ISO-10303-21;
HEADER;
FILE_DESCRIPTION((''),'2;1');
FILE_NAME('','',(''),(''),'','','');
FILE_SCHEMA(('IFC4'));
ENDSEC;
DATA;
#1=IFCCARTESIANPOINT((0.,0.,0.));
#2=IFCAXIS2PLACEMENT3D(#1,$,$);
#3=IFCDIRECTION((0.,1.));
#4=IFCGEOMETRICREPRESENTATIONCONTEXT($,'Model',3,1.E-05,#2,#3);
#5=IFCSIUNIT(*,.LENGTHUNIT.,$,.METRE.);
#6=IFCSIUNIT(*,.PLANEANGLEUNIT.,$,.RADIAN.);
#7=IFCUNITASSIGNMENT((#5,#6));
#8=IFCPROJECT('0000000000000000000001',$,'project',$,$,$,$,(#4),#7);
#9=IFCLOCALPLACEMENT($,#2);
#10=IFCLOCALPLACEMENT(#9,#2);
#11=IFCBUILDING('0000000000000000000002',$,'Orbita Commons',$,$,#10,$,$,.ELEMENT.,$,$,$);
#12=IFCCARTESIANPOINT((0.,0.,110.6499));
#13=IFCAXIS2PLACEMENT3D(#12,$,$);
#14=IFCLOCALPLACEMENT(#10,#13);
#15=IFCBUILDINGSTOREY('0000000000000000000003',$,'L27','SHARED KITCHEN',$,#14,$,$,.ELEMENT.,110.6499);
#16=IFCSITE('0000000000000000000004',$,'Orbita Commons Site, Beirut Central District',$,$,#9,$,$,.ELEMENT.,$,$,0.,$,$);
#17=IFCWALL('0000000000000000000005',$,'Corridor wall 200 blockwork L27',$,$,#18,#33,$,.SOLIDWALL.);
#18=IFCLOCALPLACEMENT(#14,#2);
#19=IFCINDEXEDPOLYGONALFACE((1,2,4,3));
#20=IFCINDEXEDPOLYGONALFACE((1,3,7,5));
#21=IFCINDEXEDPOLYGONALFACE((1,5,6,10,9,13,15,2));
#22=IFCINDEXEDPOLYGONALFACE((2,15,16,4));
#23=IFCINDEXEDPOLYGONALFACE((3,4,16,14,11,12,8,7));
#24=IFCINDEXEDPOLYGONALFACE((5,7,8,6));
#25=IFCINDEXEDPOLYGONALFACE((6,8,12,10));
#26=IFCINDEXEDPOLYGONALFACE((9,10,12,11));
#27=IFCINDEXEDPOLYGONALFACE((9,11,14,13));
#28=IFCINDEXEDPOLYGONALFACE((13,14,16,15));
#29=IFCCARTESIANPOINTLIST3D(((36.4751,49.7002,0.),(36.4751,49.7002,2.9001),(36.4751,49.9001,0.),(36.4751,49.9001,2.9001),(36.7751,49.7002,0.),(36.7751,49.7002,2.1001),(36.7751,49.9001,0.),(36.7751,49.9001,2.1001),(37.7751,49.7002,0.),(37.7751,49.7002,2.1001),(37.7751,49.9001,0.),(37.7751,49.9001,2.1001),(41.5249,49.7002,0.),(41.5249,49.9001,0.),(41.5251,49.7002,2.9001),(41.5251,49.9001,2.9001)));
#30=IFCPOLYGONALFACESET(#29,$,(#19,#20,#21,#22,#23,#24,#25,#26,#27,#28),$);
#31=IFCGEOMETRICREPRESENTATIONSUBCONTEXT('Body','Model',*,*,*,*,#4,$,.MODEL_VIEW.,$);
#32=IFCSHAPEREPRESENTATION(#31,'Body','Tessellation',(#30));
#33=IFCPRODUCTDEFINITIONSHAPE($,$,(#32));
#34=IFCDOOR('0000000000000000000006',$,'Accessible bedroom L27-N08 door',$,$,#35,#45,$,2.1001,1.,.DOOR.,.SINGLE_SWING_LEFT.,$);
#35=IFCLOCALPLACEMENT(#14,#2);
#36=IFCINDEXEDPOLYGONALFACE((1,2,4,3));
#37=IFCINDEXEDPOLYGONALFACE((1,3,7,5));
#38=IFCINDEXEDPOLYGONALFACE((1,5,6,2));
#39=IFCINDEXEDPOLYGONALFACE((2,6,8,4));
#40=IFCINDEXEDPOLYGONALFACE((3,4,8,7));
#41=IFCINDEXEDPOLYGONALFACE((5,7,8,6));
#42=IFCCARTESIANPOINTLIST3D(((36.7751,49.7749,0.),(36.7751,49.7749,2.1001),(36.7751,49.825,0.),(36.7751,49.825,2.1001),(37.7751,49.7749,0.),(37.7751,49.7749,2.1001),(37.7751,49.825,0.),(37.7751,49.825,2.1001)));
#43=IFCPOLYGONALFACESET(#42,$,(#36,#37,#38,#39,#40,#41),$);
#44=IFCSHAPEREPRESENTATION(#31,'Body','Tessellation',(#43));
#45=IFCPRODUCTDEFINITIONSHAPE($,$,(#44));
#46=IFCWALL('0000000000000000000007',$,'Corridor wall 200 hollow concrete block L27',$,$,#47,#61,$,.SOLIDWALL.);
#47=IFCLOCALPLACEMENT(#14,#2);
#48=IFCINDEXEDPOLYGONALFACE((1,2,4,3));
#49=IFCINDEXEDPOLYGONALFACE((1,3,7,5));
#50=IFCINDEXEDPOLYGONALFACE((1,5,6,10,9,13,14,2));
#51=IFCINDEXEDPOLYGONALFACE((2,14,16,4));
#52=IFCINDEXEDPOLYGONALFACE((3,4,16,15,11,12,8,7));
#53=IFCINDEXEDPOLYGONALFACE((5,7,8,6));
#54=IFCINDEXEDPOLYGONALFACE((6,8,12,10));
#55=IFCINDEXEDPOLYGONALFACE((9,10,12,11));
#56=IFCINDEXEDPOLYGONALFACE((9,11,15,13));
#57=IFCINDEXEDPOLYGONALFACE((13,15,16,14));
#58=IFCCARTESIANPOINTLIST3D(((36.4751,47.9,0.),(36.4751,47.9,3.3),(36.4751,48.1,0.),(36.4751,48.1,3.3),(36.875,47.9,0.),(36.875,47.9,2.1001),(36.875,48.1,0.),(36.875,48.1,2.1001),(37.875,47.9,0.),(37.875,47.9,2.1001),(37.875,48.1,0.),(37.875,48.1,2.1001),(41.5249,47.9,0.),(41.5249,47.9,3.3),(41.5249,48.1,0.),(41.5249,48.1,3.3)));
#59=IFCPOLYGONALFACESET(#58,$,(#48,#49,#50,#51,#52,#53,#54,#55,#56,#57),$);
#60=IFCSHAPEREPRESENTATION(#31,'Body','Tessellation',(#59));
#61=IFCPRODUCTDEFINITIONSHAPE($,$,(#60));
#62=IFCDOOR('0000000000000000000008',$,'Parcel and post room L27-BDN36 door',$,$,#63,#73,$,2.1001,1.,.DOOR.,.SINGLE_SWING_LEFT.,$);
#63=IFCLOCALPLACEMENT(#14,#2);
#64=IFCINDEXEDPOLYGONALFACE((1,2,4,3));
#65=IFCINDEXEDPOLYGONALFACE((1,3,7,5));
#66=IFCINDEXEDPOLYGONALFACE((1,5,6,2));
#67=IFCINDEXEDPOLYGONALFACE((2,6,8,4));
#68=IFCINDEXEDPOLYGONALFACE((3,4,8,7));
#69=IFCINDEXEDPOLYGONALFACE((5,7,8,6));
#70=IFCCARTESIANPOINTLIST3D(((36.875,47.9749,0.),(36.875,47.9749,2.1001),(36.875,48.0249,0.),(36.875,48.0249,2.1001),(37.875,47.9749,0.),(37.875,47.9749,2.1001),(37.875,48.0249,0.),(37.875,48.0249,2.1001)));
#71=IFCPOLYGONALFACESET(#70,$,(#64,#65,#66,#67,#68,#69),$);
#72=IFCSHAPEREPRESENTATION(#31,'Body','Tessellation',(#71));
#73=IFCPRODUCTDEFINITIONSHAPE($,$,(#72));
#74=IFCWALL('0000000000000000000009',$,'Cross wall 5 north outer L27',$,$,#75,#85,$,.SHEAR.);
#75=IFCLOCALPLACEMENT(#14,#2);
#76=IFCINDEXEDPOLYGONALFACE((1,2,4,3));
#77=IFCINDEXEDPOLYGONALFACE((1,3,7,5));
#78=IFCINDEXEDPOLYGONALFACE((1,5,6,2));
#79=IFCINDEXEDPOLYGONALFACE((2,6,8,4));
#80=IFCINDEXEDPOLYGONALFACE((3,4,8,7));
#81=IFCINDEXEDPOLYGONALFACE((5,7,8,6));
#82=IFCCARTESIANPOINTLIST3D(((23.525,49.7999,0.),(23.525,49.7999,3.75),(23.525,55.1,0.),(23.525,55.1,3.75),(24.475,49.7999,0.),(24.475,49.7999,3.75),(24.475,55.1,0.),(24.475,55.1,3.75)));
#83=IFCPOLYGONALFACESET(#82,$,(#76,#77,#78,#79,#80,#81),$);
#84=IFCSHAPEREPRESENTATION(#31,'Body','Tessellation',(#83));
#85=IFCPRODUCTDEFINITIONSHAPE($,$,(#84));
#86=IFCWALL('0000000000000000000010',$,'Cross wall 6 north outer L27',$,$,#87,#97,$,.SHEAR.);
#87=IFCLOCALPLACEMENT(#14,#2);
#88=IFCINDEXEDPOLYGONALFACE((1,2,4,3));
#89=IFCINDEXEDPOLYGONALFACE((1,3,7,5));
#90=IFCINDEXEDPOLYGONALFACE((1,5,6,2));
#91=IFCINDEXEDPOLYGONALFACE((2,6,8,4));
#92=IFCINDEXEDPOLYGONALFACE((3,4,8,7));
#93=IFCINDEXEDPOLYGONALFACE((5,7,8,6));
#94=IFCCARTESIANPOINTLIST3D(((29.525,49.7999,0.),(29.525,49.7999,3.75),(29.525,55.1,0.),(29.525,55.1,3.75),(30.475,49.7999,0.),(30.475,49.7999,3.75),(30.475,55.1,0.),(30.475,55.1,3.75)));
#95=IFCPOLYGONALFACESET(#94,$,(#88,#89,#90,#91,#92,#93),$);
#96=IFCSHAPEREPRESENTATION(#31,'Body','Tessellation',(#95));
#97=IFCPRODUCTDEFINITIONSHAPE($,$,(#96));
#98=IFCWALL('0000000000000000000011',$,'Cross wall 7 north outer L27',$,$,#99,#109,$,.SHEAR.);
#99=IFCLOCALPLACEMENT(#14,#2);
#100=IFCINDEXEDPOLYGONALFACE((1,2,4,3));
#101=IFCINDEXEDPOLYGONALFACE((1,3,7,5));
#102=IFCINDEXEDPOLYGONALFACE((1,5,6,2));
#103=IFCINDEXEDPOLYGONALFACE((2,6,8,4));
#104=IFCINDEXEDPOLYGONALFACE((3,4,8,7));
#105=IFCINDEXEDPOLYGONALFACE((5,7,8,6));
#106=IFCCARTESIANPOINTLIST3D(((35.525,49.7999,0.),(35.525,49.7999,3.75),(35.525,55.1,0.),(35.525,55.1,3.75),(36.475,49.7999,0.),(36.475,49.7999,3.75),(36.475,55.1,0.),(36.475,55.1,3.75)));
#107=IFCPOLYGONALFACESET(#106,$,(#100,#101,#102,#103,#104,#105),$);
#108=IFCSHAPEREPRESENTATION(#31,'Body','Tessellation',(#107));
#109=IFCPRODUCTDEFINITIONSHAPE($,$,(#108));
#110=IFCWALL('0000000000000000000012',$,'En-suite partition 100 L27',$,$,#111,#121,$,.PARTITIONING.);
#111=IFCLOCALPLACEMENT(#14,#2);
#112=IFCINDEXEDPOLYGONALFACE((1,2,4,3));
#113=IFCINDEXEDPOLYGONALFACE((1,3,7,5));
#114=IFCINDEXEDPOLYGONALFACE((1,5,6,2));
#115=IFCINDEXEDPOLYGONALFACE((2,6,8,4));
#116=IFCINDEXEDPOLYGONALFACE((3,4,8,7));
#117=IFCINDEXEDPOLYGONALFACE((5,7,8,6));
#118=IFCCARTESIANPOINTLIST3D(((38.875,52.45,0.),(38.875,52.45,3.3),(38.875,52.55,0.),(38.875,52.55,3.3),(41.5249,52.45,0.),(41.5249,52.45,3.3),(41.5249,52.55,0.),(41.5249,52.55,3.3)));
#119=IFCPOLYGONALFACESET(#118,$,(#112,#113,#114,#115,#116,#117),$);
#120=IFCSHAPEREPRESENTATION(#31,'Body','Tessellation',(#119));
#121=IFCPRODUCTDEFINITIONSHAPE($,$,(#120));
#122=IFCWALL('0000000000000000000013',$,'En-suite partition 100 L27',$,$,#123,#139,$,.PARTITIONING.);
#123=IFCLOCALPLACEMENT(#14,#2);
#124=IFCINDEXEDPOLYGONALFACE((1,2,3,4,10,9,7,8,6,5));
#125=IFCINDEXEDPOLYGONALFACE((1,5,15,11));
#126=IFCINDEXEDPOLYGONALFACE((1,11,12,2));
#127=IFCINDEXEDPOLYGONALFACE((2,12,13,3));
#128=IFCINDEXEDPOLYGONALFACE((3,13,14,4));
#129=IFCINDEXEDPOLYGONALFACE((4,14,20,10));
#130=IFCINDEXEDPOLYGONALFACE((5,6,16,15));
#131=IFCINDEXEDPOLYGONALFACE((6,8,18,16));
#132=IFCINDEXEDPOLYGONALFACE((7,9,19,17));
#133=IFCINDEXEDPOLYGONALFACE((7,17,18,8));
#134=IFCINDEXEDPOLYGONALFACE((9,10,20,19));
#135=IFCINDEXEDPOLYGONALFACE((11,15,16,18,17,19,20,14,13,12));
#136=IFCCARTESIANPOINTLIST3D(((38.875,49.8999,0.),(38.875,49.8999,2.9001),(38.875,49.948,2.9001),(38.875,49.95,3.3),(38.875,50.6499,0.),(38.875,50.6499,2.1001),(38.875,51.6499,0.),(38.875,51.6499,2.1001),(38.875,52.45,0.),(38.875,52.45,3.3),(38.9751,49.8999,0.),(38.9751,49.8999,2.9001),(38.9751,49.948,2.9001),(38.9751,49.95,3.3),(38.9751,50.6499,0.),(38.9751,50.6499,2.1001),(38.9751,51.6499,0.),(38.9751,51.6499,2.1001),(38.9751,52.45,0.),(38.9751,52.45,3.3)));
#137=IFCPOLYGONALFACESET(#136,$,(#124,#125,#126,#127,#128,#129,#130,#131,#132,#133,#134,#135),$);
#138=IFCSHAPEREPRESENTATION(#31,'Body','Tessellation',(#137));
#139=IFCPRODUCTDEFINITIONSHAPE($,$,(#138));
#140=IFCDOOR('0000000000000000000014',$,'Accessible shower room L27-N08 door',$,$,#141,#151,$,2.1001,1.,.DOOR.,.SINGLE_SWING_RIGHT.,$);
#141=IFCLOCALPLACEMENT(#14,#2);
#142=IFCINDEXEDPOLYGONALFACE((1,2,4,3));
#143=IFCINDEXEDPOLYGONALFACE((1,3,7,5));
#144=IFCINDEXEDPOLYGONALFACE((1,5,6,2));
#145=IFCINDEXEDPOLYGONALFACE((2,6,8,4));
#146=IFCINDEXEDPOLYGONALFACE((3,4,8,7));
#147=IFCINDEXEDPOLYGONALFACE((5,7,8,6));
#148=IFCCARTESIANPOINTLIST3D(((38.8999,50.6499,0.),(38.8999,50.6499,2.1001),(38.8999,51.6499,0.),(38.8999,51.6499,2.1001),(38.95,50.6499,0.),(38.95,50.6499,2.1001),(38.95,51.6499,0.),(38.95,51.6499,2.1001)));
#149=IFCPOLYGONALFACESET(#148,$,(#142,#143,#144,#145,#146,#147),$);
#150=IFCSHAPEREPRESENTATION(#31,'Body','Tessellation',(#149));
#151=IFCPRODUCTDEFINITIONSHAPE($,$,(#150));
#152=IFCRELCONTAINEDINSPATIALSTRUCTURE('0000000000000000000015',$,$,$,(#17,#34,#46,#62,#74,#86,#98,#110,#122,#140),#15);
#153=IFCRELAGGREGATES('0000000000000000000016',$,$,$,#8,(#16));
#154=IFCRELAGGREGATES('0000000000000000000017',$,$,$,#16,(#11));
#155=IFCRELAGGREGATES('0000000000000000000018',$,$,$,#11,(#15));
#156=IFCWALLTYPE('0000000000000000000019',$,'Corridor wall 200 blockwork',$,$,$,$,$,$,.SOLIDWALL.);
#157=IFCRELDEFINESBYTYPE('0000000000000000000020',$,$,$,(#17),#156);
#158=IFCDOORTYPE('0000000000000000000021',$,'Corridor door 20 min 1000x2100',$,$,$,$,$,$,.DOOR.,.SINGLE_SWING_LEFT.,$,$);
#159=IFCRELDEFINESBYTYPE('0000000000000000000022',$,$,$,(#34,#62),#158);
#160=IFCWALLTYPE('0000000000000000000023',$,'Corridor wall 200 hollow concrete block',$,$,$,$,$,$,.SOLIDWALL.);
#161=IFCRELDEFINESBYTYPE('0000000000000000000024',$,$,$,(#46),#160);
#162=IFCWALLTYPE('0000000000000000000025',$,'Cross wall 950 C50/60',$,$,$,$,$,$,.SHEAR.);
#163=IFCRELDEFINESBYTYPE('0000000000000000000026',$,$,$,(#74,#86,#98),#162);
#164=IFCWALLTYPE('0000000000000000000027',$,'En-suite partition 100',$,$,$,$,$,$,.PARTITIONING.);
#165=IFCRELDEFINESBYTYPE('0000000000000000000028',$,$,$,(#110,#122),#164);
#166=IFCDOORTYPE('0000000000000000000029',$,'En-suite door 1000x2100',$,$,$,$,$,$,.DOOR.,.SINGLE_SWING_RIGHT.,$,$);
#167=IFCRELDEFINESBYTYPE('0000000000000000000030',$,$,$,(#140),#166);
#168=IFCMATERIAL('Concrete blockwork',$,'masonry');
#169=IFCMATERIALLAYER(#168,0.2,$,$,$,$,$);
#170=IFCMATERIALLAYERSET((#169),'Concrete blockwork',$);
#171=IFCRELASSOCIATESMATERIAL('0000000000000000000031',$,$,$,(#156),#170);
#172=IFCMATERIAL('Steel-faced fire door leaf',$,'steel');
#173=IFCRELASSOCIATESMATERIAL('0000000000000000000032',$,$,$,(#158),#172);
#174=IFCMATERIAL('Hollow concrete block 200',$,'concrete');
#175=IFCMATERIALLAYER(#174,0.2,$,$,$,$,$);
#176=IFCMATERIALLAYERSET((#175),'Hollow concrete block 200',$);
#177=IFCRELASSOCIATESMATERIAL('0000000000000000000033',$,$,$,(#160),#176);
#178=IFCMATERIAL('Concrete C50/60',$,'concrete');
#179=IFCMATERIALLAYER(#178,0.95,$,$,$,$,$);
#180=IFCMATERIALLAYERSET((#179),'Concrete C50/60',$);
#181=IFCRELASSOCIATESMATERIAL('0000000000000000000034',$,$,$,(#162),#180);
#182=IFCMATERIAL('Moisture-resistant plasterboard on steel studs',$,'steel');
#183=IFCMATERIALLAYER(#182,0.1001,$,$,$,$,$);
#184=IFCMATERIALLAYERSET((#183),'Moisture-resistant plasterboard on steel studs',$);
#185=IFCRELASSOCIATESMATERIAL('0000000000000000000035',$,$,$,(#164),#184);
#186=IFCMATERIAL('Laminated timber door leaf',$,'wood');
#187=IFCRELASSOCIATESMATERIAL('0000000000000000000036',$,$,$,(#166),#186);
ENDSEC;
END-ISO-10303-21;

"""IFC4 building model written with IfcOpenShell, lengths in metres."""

from ifc_helpers import new_model, si_unit, direction, frame, frame_2d, origin, place, context, subcontext, project, spatial, polyline, rectangle, outline, extrude, material, layer, layer_set, type_object, element, fill, save


model = new_model("IFC4")

# Units and contexts
model_context = context("Model", 3, precision=1e-05, world=origin(), true_north=direction((0.0, 1.0)))
body_context = subcontext(model_context, "Body", "Model", "MODEL_VIEW")
ifc_project = project(units=[si_unit("LENGTHUNIT", "METRE"), si_unit("PLANEANGLEUNIT", "RADIAN")], contexts=[model_context])

# Site, building, storey
site_placement = place(None, origin())
site = spatial("IfcSite", under=ifc_project, at=site_placement, Name="Orbita Commons Site, Beirut Central District", CompositionType="ELEMENT", RefElevation=0.0)
building_placement = place(site_placement, origin())
building = spatial("IfcBuilding", under=site, at=building_placement, Name="Orbita Commons", CompositionType="ELEMENT")
storey_placement = place(building_placement, frame((0.0, 0.0, 110.6499)))
storey = spatial("IfcBuildingStorey", under=building, at=storey_placement, Name="L27", Description="SHARED KITCHEN", CompositionType="ELEMENT", Elevation=110.6499)

# Walls, openings, doors
ifc_material_1 = material(Name="Concrete blockwork", Category="masonry")
ifc_layer_1 = layer(ifc_material_1, 0.2)
ifc_layer_set_1 = layer_set([ifc_layer_1], Name="Concrete blockwork")
wall_type_1 = type_object("IfcWallType", Name="Corridor wall 200 blockwork", PredefinedType="SOLIDWALL", material=ifc_layer_set_1)
ifc_material_2 = material(Name="Steel-faced fire door leaf", Category="steel")
door_type_1 = type_object("IfcDoorType", Name="Corridor door 20 min 1000x2100", OperationType="SINGLE_SWING_LEFT", PredefinedType="DOOR", material=ifc_material_2)
wall_1_placement = place(storey_placement, frame((36.4751, 49.8, 0.0), z_axis=(0.0, 0.0, 1.0), x_axis=(1.0, 0.0, 0.0)))
wall_1 = element("IfcWall", 1, at=wall_1_placement, inside=storey, type_object=wall_type_1, Name="Corridor wall 200 blockwork L27", PredefinedType="SOLIDWALL", context=body_context, shape_type="SweptSolid", body=[
    extrude(outline(polyline([(0.0, 0.0), (5.0498, 0.0), (5.05, 2.9001), (0.0, 2.9001), (0.0, 0.0)])), frame((0.0, 0.1001, 0.0), z_axis=(0.0, -1.0, 0.0), x_axis=(1.0, 0.0, 0.0)), (0.0, 0.0, 1.0), 0.2),
])
opening_1_placement = place(wall_1_placement, frame((0.3, 0.0, 0.0)))
opening_1 = element("IfcOpeningElement", 2, at=opening_1_placement, cuts=wall_1, PredefinedType="OPENING", context=body_context, shape_type="SweptSolid", body=[
    extrude(rectangle(XDim=1.0, YDim=2.1001, at=frame_2d((0.5, 1.05))), frame((0.0, 0.1099, 0.0), z_axis=(0.0, -1.0, 0.0), x_axis=(1.0, 0.0, 0.0)), (0.0, 0.0, 1.0), 0.22),
])
door_1_placement = place(opening_1_placement, origin())
door_1 = element("IfcDoor", 3, at=door_1_placement, inside=storey, type_object=door_type_1, Name="Accessible bedroom L27-N08 door", OperationType="SINGLE_SWING_LEFT", OverallHeight=2.1001, OverallWidth=1.0, PredefinedType="DOOR", context=body_context, shape_type="SweptSolid", body=[
    extrude(rectangle(XDim=1.0, YDim=2.1001, at=frame_2d((0.5, 1.05))), frame((0.0, 0.0249, 0.0), z_axis=(0.0, -1.0, 0.0), x_axis=(1.0, 0.0, 0.0)), (0.0, 0.0, 1.0), 0.05),
])
fill(opening_1, door_1)
ifc_material_3 = material(Name="Hollow concrete block 200", Category="concrete")
ifc_layer_2 = layer(ifc_material_3, 0.2)
ifc_layer_set_2 = layer_set([ifc_layer_2], Name="Hollow concrete block 200")
wall_type_2 = type_object("IfcWallType", Name="Corridor wall 200 hollow concrete block", PredefinedType="SOLIDWALL", material=ifc_layer_set_2)
wall_2_placement = place(storey_placement, frame((36.4751, 48.0, 0.0), z_axis=(0.0, 0.0, 1.0), x_axis=(1.0, 0.0, 0.0)))
wall_2 = element("IfcWall", 4, at=wall_2_placement, inside=storey, type_object=wall_type_2, Name="Corridor wall 200 hollow concrete block L27", PredefinedType="SOLIDWALL", context=body_context, shape_type="SweptSolid", body=[
    extrude(rectangle(XDim=5.0498, YDim=0.2, at=frame_2d((2.5249, 0.0))), origin(), (0.0, 0.0, 1.0), 3.3),
])
opening_2_placement = place(wall_2_placement, frame((0.3999, 0.0, 0.0)))
opening_2 = element("IfcOpeningElement", 5, at=opening_2_placement, cuts=wall_2, PredefinedType="OPENING", context=body_context, shape_type="SweptSolid", body=[
    extrude(rectangle(XDim=1.0, YDim=2.1001, at=frame_2d((0.5, 1.05))), frame((0.0, 0.1099, 0.0), z_axis=(0.0, -1.0, 0.0), x_axis=(1.0, 0.0, 0.0)), (0.0, 0.0, 1.0), 0.22),
])
door_2_placement = place(opening_2_placement, origin())
door_2 = element("IfcDoor", 6, at=door_2_placement, inside=storey, type_object=door_type_1, Name="Parcel and post room L27-BDN36 door", OperationType="SINGLE_SWING_LEFT", OverallHeight=2.1001, OverallWidth=1.0, PredefinedType="DOOR", context=body_context, shape_type="SweptSolid", body=[
    extrude(rectangle(XDim=1.0, YDim=2.1001, at=frame_2d((0.5, 1.05))), frame((0.0, 0.0249, 0.0), z_axis=(0.0, -1.0, 0.0), x_axis=(1.0, 0.0, 0.0)), (0.0, 0.0, 1.0), 0.05),
])
fill(opening_2, door_2)

# Walls
ifc_material_4 = material(Name="Concrete C50/60", Category="concrete")
ifc_layer_3 = layer(ifc_material_4, 0.95)
ifc_layer_set_3 = layer_set([ifc_layer_3], Name="Concrete C50/60")
wall_type_3 = type_object("IfcWallType", Name="Cross wall 950 C50/60", PredefinedType="SHEAR", material=ifc_layer_set_3)
for number, where, z_axis, x_axis, name in (
    (7, (24.0, 49.8, 0.0), (0.0, 0.0, 1.0), (0.0, 1.0, 0.0), "Cross wall 5 north outer L27"),
    (8, (30.0, 49.8, 0.0), (0.0, 0.0, 1.0), (0.0, 1.0, 0.0), "Cross wall 6 north outer L27"),
    (9, (36.0, 49.8, 0.0), (0.0, 0.0, 1.0), (0.0, 1.0, 0.0), "Cross wall 7 north outer L27"),
):
    element("IfcWall", number, at=place(storey_placement, frame(where, z_axis=z_axis, x_axis=x_axis)), inside=storey, type_object=wall_type_3, Name=name, PredefinedType="SHEAR", context=body_context, shape_type="SweptSolid", body=[
        extrude(rectangle(XDim=5.3, YDim=0.95, at=frame_2d((2.6499, 0.0))), origin(), (0.0, 0.0, 1.0), 3.75),
    ])
ifc_material_5 = material(Name="Moisture-resistant plasterboard on steel studs", Category="steel")
ifc_layer_4 = layer(ifc_material_5, 0.1001)
ifc_layer_set_4 = layer_set([ifc_layer_4], Name="Moisture-resistant plasterboard on steel studs")
wall_type_4 = type_object("IfcWallType", Name="En-suite partition 100", PredefinedType="PARTITIONING", material=ifc_layer_set_4)
wall_3_placement = place(storey_placement, frame((38.875, 52.5, 0.0), z_axis=(0.0, 0.0, 1.0), x_axis=(1.0, 0.0, 0.0)))
element("IfcWall", 10, at=wall_3_placement, inside=storey, type_object=wall_type_4, Name="En-suite partition 100 L27", PredefinedType="PARTITIONING", context=body_context, shape_type="SweptSolid", body=[
    extrude(rectangle(XDim=2.6499, YDim=0.1001, at=frame_2d((1.325, 0.0))), origin(), (0.0, 0.0, 1.0), 3.3),
])

# Wall, opening, door
wall_4_placement = place(storey_placement, frame((38.925, 52.45, 0.0), z_axis=(0.0, 0.0, 1.0), x_axis=(0.0, -1.0, 0.0)))
wall_4 = element("IfcWall", 11, at=wall_4_placement, inside=storey, type_object=wall_type_4, Name="En-suite partition 100 L27", PredefinedType="PARTITIONING", context=body_context, shape_type="SweptSolid", body=[
    extrude(outline(polyline([(0.0, 0.0), (2.55, 0.0), (2.55, 2.9001), (2.502, 2.9001), (2.5, 3.3), (0.0, 3.3), (0.0, 0.0)])), frame((0.0, 0.05, 0.0), z_axis=(0.0, -1.0, 0.0), x_axis=(1.0, 0.0, 0.0)), (0.0, 0.0, 1.0), 0.1001),
])
opening_3_placement = place(wall_4_placement, frame((0.8, 0.0, 0.0)))
opening_3 = element("IfcOpeningElement", 12, at=opening_3_placement, cuts=wall_4, PredefinedType="OPENING", context=body_context, shape_type="SweptSolid", body=[
    extrude(rectangle(XDim=1.0, YDim=2.1001, at=frame_2d((0.5, 1.05))), frame((0.0, 0.0601, 0.0), z_axis=(0.0, -1.0, 0.0), x_axis=(1.0, 0.0, 0.0)), (0.0, 0.0, 1.0), 0.1201),
])
ifc_material_6 = material(Name="Laminated timber door leaf", Category="wood")
door_type_2 = type_object("IfcDoorType", Name="En-suite door 1000x2100", OperationType="SINGLE_SWING_RIGHT", PredefinedType="DOOR", material=ifc_material_6)
door_3_placement = place(opening_3_placement, origin())
door_3 = element("IfcDoor", 13, at=door_3_placement, inside=storey, type_object=door_type_2, Name="Accessible shower room L27-N08 door", OperationType="SINGLE_SWING_RIGHT", OverallHeight=2.1001, OverallWidth=1.0, PredefinedType="DOOR", context=body_context, shape_type="SweptSolid", body=[
    extrude(rectangle(XDim=1.0, YDim=2.1001, at=frame_2d((0.5, 1.05))), frame((0.0, 0.0249, 0.0), z_axis=(0.0, -1.0, 0.0), x_axis=(1.0, 0.0, 0.0)), (0.0, 0.0, 1.0), 0.05),
])
fill(opening_3, door_3)

save(model, "model.ifc")
